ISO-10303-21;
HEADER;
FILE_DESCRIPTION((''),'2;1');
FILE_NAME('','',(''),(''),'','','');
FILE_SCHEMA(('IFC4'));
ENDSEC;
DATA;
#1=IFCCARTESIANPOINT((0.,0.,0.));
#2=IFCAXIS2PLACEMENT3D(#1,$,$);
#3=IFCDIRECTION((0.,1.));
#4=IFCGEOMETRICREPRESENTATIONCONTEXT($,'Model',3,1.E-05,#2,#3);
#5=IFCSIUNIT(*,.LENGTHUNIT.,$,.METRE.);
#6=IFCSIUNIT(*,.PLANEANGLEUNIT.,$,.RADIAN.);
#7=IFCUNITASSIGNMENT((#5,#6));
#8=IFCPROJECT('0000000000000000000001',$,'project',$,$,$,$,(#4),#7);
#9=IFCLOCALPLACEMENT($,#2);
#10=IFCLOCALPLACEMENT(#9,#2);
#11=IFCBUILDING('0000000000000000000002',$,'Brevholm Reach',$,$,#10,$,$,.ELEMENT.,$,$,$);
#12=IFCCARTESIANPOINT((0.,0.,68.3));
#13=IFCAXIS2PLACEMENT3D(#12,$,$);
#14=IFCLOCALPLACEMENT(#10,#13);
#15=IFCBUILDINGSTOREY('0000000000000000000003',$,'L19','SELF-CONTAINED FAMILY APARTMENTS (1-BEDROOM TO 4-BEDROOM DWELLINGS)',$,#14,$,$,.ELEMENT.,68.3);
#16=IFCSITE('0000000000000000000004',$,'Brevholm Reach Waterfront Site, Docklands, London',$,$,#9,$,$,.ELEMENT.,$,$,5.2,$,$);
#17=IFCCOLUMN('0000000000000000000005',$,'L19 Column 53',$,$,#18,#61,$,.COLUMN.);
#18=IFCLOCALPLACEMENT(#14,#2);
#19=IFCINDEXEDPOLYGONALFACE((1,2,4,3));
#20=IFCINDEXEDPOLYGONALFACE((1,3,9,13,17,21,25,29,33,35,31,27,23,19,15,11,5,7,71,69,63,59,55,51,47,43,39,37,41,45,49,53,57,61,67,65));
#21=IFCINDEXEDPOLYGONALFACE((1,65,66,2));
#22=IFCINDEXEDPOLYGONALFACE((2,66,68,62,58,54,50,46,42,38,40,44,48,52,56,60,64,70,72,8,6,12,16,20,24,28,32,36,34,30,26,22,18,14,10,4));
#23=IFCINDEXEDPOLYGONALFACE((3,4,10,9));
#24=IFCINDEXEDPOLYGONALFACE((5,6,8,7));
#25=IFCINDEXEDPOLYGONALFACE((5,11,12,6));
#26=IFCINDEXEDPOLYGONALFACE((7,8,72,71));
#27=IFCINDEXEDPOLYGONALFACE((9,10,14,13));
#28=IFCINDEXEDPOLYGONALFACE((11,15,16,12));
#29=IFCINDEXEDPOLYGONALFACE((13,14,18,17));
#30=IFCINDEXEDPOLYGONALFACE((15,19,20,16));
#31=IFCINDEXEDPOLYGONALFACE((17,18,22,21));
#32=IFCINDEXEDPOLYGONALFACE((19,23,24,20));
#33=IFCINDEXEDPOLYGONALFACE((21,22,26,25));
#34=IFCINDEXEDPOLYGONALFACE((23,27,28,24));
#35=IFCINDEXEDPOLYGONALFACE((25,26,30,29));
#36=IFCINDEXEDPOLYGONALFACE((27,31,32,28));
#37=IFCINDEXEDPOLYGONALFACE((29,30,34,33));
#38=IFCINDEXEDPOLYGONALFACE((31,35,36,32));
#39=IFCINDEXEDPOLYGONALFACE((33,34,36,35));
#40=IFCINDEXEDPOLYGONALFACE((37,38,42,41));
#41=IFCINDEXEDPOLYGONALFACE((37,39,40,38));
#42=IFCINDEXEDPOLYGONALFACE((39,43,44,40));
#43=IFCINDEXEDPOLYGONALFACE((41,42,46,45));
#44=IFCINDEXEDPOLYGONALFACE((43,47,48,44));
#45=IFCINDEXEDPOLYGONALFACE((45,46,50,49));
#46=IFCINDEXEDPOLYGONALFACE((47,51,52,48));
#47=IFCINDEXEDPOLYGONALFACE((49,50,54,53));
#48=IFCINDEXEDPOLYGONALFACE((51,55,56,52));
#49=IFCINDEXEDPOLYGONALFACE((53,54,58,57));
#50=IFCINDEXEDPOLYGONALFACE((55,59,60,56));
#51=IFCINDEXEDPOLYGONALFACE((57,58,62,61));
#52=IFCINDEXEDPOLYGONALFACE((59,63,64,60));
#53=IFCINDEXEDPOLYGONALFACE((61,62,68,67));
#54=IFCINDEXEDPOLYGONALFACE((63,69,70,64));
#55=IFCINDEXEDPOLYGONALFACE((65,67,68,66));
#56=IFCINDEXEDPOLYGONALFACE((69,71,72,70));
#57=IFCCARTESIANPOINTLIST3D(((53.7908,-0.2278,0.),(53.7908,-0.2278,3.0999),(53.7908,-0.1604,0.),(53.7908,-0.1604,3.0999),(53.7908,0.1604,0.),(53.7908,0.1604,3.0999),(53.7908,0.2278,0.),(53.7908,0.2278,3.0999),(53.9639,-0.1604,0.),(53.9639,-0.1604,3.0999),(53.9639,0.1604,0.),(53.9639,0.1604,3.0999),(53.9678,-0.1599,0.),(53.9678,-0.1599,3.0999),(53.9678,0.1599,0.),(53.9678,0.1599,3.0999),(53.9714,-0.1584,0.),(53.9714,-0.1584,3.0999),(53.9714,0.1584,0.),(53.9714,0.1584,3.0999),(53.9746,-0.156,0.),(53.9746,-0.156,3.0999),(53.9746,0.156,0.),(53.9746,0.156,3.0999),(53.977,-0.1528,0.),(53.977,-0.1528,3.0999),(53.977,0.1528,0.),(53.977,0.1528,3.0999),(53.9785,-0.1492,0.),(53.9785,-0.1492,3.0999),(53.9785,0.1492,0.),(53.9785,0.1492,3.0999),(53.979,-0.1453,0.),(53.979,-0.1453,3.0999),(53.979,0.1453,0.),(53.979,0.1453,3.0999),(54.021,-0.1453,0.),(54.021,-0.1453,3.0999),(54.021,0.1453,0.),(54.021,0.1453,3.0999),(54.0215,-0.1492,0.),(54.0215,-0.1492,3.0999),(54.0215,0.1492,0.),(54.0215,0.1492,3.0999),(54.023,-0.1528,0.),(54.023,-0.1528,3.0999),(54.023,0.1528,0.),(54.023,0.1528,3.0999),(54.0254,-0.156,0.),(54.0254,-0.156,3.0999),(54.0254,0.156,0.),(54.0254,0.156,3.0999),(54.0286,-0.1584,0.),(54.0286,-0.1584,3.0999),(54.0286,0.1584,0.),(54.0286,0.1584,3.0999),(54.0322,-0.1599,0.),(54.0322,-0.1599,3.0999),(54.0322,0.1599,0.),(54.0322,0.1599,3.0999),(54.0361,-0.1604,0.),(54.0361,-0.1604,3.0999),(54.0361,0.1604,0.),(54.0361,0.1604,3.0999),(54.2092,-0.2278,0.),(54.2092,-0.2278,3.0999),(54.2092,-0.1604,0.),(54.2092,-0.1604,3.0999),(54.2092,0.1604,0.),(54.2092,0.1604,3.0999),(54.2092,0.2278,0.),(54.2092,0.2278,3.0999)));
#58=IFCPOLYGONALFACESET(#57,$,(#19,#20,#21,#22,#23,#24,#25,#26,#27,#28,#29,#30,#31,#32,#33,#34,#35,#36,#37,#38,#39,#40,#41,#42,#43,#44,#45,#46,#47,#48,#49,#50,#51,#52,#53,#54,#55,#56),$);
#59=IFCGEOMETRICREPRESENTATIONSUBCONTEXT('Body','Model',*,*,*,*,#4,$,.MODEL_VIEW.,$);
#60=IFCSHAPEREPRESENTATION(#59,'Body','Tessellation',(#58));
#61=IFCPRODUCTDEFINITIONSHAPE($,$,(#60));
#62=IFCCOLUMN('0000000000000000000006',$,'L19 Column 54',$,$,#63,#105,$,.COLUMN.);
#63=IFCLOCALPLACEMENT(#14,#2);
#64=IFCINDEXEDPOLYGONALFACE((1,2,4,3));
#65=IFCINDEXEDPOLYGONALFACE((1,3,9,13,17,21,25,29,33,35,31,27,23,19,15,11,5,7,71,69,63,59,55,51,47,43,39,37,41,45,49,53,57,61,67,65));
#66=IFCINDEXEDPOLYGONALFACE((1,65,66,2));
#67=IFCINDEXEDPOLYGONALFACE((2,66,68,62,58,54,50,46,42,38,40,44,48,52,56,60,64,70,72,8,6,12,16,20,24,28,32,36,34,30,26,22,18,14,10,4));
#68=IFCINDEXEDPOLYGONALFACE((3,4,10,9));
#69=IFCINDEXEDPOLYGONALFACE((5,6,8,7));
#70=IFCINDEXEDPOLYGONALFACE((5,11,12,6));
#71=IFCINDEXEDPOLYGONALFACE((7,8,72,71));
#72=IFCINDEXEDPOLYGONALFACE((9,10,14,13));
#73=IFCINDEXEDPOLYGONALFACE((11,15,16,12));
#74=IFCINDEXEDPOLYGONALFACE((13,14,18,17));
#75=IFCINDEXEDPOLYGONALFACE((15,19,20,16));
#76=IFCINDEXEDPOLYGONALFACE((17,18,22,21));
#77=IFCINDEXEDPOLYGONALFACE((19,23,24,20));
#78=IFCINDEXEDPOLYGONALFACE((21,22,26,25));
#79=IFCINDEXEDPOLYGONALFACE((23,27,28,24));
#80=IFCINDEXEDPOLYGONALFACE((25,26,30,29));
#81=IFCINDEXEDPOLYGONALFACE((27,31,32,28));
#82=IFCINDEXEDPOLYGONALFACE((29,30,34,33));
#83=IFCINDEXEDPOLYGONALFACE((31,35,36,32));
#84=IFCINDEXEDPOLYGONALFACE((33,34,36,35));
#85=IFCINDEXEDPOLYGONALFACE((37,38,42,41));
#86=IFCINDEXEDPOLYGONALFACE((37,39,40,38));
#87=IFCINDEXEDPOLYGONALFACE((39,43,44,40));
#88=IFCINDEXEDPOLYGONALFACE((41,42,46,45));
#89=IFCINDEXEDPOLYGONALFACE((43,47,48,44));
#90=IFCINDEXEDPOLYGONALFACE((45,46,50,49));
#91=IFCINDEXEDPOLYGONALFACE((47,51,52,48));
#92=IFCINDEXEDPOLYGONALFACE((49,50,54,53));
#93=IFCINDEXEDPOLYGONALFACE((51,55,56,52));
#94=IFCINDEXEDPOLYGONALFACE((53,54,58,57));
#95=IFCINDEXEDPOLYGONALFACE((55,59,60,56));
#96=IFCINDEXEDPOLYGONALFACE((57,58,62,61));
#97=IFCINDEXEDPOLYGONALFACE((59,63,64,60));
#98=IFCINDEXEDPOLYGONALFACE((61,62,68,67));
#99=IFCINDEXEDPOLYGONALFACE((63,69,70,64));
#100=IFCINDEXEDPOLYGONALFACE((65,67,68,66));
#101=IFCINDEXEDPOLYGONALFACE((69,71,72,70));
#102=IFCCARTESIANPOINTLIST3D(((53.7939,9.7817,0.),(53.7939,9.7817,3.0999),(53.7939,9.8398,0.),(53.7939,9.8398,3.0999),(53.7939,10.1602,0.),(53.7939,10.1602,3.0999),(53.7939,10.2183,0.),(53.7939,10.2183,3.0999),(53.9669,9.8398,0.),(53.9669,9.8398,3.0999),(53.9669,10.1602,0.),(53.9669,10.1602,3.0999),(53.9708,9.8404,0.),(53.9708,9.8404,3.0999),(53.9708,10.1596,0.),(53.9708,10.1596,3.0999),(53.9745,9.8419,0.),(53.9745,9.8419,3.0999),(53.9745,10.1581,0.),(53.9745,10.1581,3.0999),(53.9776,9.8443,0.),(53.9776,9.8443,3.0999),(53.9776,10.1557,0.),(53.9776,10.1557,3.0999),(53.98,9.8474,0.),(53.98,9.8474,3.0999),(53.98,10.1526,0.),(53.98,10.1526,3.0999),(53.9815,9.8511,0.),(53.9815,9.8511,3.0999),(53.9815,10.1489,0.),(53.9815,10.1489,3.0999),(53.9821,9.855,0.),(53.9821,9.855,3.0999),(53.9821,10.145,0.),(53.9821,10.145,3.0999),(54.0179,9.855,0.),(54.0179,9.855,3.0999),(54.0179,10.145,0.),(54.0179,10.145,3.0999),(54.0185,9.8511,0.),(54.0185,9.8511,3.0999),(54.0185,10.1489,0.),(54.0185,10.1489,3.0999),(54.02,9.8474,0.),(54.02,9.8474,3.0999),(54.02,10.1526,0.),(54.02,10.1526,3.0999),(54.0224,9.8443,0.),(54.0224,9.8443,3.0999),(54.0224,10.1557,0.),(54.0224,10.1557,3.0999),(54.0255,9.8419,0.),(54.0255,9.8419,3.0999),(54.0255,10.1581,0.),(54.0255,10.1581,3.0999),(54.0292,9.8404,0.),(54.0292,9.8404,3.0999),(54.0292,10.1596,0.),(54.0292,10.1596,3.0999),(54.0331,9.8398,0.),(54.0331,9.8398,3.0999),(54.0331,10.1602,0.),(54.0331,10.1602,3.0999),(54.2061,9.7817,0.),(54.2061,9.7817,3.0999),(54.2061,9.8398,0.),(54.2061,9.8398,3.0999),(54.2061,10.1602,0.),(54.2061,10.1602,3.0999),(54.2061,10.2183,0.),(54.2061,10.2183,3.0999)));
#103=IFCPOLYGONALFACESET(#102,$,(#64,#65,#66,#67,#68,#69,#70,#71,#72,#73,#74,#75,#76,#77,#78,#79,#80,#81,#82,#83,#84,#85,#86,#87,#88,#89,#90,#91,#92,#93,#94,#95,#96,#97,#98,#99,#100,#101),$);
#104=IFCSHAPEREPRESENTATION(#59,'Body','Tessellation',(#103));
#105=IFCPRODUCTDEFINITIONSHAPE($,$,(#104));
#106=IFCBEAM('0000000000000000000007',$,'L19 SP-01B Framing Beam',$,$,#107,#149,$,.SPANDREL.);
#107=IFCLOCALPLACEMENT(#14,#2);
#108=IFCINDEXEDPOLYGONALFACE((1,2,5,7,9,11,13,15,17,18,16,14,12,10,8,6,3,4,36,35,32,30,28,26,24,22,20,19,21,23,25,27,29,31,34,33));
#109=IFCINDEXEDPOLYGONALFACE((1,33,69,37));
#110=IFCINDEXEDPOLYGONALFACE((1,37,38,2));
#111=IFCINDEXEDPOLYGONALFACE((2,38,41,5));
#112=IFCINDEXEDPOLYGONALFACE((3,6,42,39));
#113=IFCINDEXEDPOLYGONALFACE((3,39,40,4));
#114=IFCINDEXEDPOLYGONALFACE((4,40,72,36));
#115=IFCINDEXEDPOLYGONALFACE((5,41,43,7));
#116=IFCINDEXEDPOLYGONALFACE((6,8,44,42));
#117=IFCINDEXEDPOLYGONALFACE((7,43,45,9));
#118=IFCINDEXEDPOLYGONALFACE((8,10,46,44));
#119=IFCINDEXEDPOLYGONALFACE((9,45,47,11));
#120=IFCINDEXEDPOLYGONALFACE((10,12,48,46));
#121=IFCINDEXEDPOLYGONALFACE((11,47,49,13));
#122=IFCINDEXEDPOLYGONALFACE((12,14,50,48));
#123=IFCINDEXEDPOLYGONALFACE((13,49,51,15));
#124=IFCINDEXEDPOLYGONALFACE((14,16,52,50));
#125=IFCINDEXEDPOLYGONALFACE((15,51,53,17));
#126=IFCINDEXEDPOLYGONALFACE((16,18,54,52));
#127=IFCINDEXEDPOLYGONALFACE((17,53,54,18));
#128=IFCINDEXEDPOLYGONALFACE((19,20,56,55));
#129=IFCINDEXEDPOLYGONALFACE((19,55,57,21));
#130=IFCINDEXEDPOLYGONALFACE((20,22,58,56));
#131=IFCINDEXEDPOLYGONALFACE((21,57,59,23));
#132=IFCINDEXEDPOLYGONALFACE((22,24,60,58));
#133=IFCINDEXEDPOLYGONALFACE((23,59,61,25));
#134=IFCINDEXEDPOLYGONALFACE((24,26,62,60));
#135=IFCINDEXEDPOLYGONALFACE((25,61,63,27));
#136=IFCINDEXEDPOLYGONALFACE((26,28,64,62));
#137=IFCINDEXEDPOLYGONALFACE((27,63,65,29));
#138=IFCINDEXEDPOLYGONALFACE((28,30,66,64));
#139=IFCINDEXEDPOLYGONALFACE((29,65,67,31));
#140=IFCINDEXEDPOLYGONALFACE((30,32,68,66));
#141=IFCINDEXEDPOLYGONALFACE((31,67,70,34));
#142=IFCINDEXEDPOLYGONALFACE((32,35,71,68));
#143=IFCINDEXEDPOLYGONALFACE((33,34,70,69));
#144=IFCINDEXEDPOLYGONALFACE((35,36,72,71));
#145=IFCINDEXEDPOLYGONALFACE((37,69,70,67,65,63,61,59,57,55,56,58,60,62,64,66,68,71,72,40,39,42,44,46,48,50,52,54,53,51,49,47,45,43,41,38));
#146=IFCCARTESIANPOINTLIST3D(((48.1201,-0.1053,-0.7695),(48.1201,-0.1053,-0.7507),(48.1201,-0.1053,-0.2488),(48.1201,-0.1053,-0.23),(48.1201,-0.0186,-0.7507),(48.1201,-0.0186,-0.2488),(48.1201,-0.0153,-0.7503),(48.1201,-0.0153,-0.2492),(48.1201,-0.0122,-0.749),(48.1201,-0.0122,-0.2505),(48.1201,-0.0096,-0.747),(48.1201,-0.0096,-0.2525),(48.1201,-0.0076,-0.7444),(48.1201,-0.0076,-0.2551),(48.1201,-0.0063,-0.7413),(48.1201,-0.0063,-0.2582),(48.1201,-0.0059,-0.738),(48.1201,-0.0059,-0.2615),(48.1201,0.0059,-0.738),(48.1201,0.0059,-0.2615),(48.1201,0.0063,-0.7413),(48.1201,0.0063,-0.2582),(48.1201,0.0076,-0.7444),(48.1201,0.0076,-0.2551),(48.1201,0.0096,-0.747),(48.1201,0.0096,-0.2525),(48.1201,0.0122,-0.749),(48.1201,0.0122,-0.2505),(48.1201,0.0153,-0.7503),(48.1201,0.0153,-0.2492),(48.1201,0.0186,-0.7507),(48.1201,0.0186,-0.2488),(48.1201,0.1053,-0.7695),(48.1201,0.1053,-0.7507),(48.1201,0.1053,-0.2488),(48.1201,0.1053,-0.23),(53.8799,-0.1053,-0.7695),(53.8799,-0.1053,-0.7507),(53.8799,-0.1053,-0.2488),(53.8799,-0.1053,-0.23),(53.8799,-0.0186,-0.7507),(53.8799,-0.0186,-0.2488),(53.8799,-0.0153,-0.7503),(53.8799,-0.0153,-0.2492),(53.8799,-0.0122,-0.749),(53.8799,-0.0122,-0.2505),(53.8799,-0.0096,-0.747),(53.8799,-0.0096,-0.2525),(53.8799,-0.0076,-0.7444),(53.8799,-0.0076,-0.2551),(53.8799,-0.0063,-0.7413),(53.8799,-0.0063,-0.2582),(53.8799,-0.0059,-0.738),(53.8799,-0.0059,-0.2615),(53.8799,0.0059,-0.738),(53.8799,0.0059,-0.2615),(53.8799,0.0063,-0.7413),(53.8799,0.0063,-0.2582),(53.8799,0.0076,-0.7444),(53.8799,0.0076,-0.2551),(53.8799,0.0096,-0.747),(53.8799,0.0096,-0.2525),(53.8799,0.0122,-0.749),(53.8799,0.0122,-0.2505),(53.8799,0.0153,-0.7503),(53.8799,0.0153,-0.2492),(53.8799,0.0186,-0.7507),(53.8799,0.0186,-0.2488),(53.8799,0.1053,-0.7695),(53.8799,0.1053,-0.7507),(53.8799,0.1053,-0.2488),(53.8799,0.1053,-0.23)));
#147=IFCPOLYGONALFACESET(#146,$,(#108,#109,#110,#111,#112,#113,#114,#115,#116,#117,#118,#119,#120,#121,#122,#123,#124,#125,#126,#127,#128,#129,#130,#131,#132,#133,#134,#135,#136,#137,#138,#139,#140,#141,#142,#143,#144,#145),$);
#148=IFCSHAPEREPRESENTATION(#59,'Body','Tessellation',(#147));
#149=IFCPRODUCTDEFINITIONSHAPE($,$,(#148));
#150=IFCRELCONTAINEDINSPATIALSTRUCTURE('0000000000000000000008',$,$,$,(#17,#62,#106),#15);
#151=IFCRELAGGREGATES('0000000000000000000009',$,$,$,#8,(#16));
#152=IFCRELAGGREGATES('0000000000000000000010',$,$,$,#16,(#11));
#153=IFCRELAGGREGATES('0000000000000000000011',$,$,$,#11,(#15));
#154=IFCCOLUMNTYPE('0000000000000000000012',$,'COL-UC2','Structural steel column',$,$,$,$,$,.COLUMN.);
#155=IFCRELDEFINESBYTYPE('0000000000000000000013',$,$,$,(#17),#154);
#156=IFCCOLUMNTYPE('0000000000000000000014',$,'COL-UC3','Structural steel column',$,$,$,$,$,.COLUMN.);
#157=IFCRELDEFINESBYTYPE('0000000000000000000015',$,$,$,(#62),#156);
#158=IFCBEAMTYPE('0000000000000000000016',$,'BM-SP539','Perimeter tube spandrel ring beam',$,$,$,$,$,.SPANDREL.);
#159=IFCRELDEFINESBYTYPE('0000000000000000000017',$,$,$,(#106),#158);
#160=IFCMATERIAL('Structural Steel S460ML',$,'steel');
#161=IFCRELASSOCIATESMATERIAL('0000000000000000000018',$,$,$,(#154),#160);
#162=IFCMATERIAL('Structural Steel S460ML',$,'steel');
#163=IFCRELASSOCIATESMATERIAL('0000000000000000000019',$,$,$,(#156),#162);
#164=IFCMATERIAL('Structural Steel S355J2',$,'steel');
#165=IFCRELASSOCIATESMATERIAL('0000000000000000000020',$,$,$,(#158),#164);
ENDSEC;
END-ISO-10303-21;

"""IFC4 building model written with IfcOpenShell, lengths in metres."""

from ifc_helpers import new_model, si_unit, direction, frame, origin, origin_2d, place, context, subcontext, project, spatial, i_section, extrude, material, material_profile, profile_set, type_object, element, save


model = new_model("IFC4")

# Units and contexts
model_context = context("Model", 3, precision=1e-05, world=origin(), true_north=direction((0.0, 1.0)))
body_context = subcontext(model_context, "Body", "Model", "MODEL_VIEW")
ifc_project = project(units=[si_unit("LENGTHUNIT", "METRE"), si_unit("PLANEANGLEUNIT", "RADIAN")], contexts=[model_context])

# Site, building, storey
site_placement = place(None, origin())
site = spatial("IfcSite", under=ifc_project, at=site_placement, Name="Brevholm Reach Waterfront Site, Docklands, London", CompositionType="ELEMENT", RefElevation=5.2)
building_placement = place(site_placement, origin())
building = spatial("IfcBuilding", under=site, at=building_placement, Name="Brevholm Reach", CompositionType="ELEMENT")
storey_placement = place(building_placement, frame((0.0, 0.0, 68.3)))
storey = spatial("IfcBuildingStorey", under=building, at=storey_placement, Name="L19", Description="SELF-CONTAINED FAMILY APARTMENTS (1-BEDROOM TO 4-BEDROOM DWELLINGS)", CompositionType="ELEMENT", Elevation=68.3)

# Columns
ifc_material_1 = material(Name="Structural Steel S460ML", Category="steel")
ifc_material_profile_1 = material_profile(ifc_material_1, i_section(OverallWidth=0.4185, OverallDepth=0.4556, WebThickness=0.042, FlangeThickness=0.0674, FilletRadius=0.0151, at=origin_2d()), Name="UKC 356x406x551")
ifc_profile_set_1 = profile_set([ifc_material_profile_1], Name="Structural Steel S460ML")
column_type_1 = type_object("IfcColumnType", Name="COL-UC2", Description="Structural steel column", PredefinedType="COLUMN", material=ifc_profile_set_1)
column_1_placement = place(storey_placement, frame((54.0, 0.0, 0.0), z_axis=(0.0, 0.0, 1.0), x_axis=(1.0, 0.0, 0.0)))
element("IfcColumn", 1, at=column_1_placement, inside=storey, type_object=column_type_1, Name="L19 Column 53", PredefinedType="COLUMN", context=body_context, shape_type="SweptSolid", body=[
    extrude(i_section(OverallWidth=0.4185, OverallDepth=0.4556, WebThickness=0.042, FlangeThickness=0.0674, FilletRadius=0.0151, at=origin_2d()), origin(), (0.0, 0.0, 1.0), 3.0999),
])
ifc_material_2 = material(Name="Structural Steel S460ML", Category="steel")
ifc_material_profile_2 = material_profile(ifc_material_2, i_section(OverallWidth=0.4121, OverallDepth=0.4365, WebThickness=0.0359, FlangeThickness=0.0581, FilletRadius=0.0151, at=origin_2d()), Name="UKC 356x406x467")
ifc_profile_set_2 = profile_set([ifc_material_profile_2], Name="Structural Steel S460ML")
column_type_2 = type_object("IfcColumnType", Name="COL-UC3", Description="Structural steel column", PredefinedType="COLUMN", material=ifc_profile_set_2)
column_2_placement = place(storey_placement, frame((54.0, 10.0, 0.0), z_axis=(0.0, 0.0, 1.0), x_axis=(1.0, 0.0, 0.0)))
element("IfcColumn", 2, at=column_2_placement, inside=storey, type_object=column_type_2, Name="L19 Column 54", PredefinedType="COLUMN", context=body_context, shape_type="SweptSolid", body=[
    extrude(i_section(OverallWidth=0.4121, OverallDepth=0.4365, WebThickness=0.0359, FlangeThickness=0.0581, FilletRadius=0.0151, at=origin_2d()), origin(), (0.0, 0.0, 1.0), 3.0999),
])

# Beam
ifc_material_3 = material(Name="Structural Steel S355J2", Category="steel")
ifc_material_profile_3 = material_profile(ifc_material_3, i_section(OverallWidth=0.2107, OverallDepth=0.5396, WebThickness=0.0117, FlangeThickness=0.0188, FilletRadius=0.0127, at=origin_2d()), Name="UKB 533x210x109")
ifc_profile_set_3 = profile_set([ifc_material_profile_3], Name="Structural Steel S355J2")
beam_type_1 = type_object("IfcBeamType", Name="BM-SP539", Description="Perimeter tube spandrel ring beam", PredefinedType="SPANDREL", material=ifc_profile_set_3)
beam_1_placement = place(storey_placement, frame((48.1201, 0.0, -0.4998), z_axis=(1.0, 0.0, 0.0), x_axis=(0.0, 1.0, 0.0)))
element("IfcBeam", 3, at=beam_1_placement, inside=storey, type_object=beam_type_1, Name="L19 SP-01B Framing Beam", PredefinedType="SPANDREL", context=body_context, shape_type="SweptSolid", body=[
    extrude(i_section(OverallWidth=0.2107, OverallDepth=0.5396, WebThickness=0.0117, FlangeThickness=0.0188, FilletRadius=0.0127, at=origin_2d()), origin(), (0.0, 0.0, 1.0), 5.7598),
])

save(model, "model.ifc")
